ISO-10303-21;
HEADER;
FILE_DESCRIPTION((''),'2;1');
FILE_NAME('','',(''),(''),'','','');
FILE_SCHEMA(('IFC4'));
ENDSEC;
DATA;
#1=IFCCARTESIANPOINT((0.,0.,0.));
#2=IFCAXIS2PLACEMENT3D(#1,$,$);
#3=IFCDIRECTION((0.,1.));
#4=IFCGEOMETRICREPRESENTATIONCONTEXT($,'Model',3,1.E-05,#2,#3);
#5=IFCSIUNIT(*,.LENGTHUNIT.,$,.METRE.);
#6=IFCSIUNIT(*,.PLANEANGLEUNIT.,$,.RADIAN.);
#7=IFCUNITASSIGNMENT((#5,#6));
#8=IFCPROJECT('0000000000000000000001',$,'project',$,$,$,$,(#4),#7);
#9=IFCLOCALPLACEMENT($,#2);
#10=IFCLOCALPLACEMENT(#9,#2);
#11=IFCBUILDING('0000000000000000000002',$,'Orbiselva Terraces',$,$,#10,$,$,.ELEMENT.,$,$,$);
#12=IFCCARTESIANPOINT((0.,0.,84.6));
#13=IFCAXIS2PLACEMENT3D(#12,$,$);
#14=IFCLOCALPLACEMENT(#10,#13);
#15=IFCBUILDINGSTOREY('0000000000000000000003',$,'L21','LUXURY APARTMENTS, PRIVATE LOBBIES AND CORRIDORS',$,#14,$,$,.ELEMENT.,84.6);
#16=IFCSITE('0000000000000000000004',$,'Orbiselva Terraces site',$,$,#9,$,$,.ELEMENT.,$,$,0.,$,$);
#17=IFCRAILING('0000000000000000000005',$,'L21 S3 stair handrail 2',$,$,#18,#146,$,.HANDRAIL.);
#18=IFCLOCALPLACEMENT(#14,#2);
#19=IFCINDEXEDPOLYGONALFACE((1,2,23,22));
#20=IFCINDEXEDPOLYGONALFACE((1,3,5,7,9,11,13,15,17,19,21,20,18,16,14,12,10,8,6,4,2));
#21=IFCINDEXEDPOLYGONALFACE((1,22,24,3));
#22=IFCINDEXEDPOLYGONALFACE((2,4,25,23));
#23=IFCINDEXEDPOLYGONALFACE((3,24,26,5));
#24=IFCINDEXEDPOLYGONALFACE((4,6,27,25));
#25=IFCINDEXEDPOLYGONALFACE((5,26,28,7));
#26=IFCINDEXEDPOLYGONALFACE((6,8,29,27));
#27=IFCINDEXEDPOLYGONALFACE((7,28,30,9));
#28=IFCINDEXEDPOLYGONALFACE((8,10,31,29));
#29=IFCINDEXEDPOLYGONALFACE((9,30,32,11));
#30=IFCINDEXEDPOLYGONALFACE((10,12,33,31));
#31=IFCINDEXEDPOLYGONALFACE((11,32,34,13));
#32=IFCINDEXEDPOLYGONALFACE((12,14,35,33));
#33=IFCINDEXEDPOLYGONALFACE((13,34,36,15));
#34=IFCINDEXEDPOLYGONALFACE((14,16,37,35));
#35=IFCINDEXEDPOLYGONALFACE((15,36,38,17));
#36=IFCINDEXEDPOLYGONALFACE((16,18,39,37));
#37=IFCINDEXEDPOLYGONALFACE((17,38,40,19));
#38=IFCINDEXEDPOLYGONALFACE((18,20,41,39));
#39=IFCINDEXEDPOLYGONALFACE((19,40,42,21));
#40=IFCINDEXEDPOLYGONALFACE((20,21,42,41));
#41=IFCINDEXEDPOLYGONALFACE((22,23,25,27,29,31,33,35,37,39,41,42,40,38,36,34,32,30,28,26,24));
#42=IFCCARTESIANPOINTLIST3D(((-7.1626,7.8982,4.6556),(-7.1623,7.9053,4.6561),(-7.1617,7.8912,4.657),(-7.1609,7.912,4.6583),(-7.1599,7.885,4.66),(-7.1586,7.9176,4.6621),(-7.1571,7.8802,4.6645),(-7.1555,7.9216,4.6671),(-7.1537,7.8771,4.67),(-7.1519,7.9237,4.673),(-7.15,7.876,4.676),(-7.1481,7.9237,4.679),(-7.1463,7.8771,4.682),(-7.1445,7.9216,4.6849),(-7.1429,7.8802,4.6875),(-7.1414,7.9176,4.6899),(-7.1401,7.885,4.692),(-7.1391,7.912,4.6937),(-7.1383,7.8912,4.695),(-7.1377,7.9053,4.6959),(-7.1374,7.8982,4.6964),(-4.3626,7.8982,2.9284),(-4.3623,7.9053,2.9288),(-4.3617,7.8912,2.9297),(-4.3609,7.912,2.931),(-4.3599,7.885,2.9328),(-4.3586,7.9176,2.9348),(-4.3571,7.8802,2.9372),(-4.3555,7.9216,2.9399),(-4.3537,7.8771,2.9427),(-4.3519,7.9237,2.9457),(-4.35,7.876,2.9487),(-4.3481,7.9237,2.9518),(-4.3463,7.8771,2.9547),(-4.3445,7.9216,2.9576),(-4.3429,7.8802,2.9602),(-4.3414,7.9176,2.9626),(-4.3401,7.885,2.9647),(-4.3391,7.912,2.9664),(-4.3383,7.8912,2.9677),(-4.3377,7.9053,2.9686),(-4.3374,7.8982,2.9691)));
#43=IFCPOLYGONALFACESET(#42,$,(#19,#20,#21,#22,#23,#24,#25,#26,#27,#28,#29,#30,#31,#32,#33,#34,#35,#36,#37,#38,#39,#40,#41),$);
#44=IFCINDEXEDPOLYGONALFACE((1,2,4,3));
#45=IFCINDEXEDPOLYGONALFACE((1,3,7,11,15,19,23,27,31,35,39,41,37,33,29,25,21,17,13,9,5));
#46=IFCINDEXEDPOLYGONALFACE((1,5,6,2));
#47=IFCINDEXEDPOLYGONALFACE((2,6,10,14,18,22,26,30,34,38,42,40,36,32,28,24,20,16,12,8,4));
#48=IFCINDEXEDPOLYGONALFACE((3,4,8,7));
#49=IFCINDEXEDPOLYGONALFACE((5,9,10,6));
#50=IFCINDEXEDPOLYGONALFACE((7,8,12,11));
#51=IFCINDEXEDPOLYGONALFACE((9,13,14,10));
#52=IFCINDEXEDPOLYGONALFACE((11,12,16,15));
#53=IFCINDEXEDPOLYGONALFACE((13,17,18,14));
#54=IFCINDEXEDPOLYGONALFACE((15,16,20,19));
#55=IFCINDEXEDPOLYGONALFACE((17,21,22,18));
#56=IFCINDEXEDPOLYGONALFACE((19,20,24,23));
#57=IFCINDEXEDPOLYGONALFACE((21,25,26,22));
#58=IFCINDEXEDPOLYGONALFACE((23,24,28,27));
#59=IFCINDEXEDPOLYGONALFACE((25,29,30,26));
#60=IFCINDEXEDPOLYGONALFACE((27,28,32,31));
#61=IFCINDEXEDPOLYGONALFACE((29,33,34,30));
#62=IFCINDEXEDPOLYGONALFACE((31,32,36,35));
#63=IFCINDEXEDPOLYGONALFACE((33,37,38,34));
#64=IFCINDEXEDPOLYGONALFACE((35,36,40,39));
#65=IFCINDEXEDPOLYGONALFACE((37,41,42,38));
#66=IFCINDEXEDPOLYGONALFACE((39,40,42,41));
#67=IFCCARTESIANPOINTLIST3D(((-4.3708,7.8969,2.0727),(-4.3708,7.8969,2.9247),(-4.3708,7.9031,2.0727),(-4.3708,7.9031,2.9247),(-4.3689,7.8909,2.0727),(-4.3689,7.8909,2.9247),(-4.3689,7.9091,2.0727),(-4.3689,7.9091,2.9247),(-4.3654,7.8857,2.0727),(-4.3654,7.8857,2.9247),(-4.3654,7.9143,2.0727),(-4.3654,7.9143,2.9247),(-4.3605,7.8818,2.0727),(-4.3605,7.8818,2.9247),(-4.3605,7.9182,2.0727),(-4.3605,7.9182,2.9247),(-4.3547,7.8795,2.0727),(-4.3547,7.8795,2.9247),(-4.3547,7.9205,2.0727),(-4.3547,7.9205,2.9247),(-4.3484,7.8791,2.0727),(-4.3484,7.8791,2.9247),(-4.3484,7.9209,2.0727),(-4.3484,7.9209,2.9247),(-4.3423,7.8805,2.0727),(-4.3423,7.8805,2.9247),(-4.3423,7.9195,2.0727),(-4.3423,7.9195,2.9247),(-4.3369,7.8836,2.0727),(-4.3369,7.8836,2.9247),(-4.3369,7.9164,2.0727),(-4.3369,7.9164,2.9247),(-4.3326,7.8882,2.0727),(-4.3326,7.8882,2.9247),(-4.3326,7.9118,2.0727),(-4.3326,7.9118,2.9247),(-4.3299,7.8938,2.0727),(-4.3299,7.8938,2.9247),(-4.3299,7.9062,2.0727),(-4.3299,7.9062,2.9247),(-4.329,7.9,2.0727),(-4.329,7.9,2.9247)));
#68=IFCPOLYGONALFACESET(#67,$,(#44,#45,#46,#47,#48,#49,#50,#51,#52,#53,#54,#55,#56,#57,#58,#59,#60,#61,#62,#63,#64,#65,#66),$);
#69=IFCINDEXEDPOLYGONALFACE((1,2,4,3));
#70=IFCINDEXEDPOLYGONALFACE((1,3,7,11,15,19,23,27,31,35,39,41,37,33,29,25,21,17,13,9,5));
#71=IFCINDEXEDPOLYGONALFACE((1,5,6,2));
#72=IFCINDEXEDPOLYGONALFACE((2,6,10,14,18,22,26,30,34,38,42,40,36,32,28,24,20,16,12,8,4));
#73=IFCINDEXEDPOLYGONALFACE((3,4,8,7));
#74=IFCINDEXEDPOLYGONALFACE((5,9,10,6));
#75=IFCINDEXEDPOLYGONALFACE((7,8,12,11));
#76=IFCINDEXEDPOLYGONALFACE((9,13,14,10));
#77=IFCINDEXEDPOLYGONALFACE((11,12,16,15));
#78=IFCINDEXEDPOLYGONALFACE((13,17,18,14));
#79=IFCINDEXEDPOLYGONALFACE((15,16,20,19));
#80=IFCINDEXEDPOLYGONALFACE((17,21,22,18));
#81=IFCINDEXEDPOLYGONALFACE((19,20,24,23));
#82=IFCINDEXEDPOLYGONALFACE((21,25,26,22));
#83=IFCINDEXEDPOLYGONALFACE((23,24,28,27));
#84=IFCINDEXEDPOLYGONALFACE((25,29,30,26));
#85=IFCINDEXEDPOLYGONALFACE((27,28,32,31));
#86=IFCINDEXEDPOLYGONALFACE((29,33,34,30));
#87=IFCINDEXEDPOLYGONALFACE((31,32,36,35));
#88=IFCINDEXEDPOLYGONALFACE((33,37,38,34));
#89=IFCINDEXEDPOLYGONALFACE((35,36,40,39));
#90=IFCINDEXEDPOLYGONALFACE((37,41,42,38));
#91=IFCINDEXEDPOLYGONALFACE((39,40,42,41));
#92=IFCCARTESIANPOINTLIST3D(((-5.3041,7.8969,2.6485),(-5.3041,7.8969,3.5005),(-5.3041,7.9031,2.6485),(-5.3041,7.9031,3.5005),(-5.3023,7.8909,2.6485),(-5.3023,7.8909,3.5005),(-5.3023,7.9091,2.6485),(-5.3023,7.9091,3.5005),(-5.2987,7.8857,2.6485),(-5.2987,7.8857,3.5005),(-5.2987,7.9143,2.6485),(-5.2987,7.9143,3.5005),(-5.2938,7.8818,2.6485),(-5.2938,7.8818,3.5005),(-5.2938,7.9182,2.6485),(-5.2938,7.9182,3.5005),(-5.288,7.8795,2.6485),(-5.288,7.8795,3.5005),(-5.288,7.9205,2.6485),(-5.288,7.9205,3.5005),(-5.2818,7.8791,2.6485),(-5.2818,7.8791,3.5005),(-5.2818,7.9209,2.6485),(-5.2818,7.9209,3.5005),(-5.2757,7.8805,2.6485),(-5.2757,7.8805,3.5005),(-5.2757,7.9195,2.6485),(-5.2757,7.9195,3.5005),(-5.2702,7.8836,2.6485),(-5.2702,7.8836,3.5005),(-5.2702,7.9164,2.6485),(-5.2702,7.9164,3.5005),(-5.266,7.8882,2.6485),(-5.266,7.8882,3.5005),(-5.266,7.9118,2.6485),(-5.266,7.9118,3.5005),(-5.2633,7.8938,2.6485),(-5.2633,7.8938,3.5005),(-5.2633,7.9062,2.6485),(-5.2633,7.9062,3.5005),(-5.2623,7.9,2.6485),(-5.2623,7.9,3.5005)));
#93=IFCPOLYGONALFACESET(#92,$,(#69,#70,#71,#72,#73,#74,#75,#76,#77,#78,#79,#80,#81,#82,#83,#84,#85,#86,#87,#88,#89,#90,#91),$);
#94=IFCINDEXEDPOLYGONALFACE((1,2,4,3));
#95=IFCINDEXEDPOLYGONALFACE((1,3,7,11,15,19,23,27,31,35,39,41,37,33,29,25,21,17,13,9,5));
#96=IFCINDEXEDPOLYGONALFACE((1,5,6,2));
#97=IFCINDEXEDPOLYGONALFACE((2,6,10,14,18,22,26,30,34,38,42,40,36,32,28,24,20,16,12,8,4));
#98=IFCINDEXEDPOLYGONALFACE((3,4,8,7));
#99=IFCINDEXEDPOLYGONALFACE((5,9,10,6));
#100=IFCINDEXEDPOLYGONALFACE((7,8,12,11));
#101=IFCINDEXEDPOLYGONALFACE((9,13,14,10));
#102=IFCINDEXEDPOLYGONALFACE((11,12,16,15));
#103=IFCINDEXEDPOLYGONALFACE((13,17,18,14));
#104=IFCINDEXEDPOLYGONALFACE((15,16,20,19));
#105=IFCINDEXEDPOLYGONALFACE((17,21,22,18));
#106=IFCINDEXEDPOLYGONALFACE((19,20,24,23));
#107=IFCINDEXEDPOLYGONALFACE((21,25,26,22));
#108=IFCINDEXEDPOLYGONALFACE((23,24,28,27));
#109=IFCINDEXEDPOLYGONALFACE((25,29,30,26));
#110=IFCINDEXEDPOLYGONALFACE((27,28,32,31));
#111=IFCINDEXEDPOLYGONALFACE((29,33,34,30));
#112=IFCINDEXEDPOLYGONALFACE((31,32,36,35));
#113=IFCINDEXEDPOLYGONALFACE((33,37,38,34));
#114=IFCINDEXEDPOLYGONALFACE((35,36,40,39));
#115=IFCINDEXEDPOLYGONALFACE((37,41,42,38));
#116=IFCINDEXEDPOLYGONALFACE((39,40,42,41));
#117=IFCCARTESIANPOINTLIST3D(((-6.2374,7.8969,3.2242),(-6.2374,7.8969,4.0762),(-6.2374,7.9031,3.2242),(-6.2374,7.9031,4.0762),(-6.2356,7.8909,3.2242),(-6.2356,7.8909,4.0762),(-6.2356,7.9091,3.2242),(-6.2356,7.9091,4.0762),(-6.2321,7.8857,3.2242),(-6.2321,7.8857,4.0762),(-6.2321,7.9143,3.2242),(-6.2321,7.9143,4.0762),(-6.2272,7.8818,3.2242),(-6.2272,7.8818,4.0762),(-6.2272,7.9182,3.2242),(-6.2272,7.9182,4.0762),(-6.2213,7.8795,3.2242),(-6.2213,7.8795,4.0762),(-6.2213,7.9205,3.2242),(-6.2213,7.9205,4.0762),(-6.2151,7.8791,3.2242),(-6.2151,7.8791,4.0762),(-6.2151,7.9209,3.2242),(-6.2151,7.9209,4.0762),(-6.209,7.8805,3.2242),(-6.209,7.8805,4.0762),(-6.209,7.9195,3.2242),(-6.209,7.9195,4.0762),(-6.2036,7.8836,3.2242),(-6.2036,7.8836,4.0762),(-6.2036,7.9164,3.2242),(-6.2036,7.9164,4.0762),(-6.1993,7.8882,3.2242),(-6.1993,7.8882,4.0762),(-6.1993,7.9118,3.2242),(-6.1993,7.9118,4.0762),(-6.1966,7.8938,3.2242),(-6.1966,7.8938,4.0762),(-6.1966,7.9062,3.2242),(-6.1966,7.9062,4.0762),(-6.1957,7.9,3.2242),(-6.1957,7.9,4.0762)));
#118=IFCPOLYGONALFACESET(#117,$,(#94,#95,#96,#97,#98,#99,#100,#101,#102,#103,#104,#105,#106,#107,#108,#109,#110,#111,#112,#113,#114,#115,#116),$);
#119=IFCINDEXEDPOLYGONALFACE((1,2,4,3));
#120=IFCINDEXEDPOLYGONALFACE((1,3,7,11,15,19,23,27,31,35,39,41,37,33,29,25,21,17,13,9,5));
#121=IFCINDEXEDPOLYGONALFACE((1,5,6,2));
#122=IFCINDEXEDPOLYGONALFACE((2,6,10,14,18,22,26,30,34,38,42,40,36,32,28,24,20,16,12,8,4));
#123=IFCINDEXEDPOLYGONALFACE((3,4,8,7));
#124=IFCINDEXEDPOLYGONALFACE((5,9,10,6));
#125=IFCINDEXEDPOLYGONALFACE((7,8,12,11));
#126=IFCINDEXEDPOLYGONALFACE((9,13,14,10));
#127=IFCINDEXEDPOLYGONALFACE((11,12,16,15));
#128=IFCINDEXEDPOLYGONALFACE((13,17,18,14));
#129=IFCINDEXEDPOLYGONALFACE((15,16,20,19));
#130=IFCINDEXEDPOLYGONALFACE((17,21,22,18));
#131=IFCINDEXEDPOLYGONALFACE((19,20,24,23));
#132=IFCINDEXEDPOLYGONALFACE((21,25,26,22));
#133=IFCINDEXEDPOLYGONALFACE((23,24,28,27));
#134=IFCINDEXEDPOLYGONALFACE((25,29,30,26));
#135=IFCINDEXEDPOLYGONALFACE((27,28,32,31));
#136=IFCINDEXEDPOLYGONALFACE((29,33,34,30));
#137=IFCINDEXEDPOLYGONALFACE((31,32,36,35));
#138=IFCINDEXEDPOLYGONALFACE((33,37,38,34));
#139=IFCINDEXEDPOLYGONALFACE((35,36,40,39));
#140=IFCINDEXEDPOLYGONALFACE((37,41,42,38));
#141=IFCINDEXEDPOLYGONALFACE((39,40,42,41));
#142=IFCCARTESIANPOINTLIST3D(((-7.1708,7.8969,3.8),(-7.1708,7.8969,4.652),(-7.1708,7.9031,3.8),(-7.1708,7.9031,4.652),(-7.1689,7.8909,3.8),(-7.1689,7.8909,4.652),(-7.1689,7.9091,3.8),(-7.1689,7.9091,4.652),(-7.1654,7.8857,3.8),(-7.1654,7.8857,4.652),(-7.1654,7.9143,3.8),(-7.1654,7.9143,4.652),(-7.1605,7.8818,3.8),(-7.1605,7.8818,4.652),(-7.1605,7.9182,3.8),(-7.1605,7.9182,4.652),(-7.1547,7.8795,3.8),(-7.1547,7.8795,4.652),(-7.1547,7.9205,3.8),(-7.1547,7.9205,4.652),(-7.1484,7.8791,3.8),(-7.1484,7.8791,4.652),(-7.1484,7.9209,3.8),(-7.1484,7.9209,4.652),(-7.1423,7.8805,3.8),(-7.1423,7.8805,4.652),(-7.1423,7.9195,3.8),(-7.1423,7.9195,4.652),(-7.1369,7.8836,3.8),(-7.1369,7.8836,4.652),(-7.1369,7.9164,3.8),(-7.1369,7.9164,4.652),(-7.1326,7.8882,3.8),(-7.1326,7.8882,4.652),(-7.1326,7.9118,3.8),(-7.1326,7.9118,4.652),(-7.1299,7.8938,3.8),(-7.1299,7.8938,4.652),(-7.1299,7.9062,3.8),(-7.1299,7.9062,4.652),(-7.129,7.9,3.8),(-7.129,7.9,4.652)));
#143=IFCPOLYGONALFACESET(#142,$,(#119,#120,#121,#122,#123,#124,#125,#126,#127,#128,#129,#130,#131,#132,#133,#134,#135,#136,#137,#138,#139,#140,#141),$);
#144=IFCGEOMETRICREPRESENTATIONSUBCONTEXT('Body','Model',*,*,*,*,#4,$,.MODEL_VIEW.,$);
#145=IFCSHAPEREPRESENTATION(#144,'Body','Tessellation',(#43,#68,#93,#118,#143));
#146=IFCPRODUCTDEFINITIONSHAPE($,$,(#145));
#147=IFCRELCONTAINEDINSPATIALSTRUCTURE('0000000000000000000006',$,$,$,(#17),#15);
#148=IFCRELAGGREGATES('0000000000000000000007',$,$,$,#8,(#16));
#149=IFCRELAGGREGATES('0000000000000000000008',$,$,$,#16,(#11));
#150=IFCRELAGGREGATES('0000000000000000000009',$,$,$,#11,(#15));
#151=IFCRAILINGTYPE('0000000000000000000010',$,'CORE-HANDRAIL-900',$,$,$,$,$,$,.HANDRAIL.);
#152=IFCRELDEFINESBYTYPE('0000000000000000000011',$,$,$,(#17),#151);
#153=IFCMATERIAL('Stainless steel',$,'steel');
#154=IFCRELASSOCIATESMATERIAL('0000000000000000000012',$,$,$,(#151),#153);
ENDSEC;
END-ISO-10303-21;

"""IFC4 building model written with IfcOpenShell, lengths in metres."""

from ifc_helpers import new_model, si_unit, direction, frame, origin, origin_2d, place, context, subcontext, project, spatial, circle, extrude, material, type_object, element, save


model = new_model("IFC4")

# Units and contexts
model_context = context("Model", 3, precision=1e-05, world=origin(), true_north=direction((0.0, 1.0)))
body_context = subcontext(model_context, "Body", "Model", "MODEL_VIEW")
ifc_project = project(units=[si_unit("LENGTHUNIT", "METRE"), si_unit("PLANEANGLEUNIT", "RADIAN")], contexts=[model_context])

# Site, building, storey
site_placement = place(None, origin())
site = spatial("IfcSite", under=ifc_project, at=site_placement, Name="Orbiselva Terraces site", CompositionType="ELEMENT", RefElevation=0.0)
building_placement = place(site_placement, origin())
building = spatial("IfcBuilding", under=site, at=building_placement, Name="Orbiselva Terraces", CompositionType="ELEMENT")
storey_placement = place(building_placement, frame((0.0, 0.0, 84.6)))
storey = spatial("IfcBuildingStorey", under=building, at=storey_placement, Name="L21", Description="LUXURY APARTMENTS, PRIVATE LOBBIES AND CORRIDORS", CompositionType="ELEMENT", Elevation=84.6)

# Railing
ifc_material_1 = material(Name="Stainless steel", Category="steel")
railing_type_1 = type_object("IfcRailingType", Name="CORE-HANDRAIL-900", PredefinedType="HANDRAIL", material=ifc_material_1)
railing_1_placement = place(storey_placement, frame((-4.35, 7.9, 2.0727)))
element("IfcRailing", 1, at=railing_1_placement, inside=storey, type_object=railing_type_1, Name="L21 S3 stair handrail 2", PredefinedType="HANDRAIL", context=body_context, shape_type="SweptSolid", body=[
    extrude(circle(Radius=0.024, at=origin_2d()), frame((0.0, 0.0, 0.876), z_axis=(-0.851089, 0.0, 0.525022), x_axis=(0.0, -1.0, 0.0)), (0.0, 0.0, 1.0), 3.2899),
    extrude(circle(Radius=0.021, at=origin_2d()), origin(), (0.0, 0.0, 1.0), 0.852),
    extrude(circle(Radius=0.021, at=origin_2d()), frame((-0.9333, 0.0, 0.5758)), (0.0, 0.0, 1.0), 0.852),
    extrude(circle(Radius=0.021, at=origin_2d()), frame((-1.8667, 0.0, 1.1515)), (0.0, 0.0, 1.0), 0.852),
    extrude(circle(Radius=0.021, at=origin_2d()), frame((-2.8, 0.0, 1.7273)), (0.0, 0.0, 1.0), 0.852),
])

save(model, "model.ifc")
